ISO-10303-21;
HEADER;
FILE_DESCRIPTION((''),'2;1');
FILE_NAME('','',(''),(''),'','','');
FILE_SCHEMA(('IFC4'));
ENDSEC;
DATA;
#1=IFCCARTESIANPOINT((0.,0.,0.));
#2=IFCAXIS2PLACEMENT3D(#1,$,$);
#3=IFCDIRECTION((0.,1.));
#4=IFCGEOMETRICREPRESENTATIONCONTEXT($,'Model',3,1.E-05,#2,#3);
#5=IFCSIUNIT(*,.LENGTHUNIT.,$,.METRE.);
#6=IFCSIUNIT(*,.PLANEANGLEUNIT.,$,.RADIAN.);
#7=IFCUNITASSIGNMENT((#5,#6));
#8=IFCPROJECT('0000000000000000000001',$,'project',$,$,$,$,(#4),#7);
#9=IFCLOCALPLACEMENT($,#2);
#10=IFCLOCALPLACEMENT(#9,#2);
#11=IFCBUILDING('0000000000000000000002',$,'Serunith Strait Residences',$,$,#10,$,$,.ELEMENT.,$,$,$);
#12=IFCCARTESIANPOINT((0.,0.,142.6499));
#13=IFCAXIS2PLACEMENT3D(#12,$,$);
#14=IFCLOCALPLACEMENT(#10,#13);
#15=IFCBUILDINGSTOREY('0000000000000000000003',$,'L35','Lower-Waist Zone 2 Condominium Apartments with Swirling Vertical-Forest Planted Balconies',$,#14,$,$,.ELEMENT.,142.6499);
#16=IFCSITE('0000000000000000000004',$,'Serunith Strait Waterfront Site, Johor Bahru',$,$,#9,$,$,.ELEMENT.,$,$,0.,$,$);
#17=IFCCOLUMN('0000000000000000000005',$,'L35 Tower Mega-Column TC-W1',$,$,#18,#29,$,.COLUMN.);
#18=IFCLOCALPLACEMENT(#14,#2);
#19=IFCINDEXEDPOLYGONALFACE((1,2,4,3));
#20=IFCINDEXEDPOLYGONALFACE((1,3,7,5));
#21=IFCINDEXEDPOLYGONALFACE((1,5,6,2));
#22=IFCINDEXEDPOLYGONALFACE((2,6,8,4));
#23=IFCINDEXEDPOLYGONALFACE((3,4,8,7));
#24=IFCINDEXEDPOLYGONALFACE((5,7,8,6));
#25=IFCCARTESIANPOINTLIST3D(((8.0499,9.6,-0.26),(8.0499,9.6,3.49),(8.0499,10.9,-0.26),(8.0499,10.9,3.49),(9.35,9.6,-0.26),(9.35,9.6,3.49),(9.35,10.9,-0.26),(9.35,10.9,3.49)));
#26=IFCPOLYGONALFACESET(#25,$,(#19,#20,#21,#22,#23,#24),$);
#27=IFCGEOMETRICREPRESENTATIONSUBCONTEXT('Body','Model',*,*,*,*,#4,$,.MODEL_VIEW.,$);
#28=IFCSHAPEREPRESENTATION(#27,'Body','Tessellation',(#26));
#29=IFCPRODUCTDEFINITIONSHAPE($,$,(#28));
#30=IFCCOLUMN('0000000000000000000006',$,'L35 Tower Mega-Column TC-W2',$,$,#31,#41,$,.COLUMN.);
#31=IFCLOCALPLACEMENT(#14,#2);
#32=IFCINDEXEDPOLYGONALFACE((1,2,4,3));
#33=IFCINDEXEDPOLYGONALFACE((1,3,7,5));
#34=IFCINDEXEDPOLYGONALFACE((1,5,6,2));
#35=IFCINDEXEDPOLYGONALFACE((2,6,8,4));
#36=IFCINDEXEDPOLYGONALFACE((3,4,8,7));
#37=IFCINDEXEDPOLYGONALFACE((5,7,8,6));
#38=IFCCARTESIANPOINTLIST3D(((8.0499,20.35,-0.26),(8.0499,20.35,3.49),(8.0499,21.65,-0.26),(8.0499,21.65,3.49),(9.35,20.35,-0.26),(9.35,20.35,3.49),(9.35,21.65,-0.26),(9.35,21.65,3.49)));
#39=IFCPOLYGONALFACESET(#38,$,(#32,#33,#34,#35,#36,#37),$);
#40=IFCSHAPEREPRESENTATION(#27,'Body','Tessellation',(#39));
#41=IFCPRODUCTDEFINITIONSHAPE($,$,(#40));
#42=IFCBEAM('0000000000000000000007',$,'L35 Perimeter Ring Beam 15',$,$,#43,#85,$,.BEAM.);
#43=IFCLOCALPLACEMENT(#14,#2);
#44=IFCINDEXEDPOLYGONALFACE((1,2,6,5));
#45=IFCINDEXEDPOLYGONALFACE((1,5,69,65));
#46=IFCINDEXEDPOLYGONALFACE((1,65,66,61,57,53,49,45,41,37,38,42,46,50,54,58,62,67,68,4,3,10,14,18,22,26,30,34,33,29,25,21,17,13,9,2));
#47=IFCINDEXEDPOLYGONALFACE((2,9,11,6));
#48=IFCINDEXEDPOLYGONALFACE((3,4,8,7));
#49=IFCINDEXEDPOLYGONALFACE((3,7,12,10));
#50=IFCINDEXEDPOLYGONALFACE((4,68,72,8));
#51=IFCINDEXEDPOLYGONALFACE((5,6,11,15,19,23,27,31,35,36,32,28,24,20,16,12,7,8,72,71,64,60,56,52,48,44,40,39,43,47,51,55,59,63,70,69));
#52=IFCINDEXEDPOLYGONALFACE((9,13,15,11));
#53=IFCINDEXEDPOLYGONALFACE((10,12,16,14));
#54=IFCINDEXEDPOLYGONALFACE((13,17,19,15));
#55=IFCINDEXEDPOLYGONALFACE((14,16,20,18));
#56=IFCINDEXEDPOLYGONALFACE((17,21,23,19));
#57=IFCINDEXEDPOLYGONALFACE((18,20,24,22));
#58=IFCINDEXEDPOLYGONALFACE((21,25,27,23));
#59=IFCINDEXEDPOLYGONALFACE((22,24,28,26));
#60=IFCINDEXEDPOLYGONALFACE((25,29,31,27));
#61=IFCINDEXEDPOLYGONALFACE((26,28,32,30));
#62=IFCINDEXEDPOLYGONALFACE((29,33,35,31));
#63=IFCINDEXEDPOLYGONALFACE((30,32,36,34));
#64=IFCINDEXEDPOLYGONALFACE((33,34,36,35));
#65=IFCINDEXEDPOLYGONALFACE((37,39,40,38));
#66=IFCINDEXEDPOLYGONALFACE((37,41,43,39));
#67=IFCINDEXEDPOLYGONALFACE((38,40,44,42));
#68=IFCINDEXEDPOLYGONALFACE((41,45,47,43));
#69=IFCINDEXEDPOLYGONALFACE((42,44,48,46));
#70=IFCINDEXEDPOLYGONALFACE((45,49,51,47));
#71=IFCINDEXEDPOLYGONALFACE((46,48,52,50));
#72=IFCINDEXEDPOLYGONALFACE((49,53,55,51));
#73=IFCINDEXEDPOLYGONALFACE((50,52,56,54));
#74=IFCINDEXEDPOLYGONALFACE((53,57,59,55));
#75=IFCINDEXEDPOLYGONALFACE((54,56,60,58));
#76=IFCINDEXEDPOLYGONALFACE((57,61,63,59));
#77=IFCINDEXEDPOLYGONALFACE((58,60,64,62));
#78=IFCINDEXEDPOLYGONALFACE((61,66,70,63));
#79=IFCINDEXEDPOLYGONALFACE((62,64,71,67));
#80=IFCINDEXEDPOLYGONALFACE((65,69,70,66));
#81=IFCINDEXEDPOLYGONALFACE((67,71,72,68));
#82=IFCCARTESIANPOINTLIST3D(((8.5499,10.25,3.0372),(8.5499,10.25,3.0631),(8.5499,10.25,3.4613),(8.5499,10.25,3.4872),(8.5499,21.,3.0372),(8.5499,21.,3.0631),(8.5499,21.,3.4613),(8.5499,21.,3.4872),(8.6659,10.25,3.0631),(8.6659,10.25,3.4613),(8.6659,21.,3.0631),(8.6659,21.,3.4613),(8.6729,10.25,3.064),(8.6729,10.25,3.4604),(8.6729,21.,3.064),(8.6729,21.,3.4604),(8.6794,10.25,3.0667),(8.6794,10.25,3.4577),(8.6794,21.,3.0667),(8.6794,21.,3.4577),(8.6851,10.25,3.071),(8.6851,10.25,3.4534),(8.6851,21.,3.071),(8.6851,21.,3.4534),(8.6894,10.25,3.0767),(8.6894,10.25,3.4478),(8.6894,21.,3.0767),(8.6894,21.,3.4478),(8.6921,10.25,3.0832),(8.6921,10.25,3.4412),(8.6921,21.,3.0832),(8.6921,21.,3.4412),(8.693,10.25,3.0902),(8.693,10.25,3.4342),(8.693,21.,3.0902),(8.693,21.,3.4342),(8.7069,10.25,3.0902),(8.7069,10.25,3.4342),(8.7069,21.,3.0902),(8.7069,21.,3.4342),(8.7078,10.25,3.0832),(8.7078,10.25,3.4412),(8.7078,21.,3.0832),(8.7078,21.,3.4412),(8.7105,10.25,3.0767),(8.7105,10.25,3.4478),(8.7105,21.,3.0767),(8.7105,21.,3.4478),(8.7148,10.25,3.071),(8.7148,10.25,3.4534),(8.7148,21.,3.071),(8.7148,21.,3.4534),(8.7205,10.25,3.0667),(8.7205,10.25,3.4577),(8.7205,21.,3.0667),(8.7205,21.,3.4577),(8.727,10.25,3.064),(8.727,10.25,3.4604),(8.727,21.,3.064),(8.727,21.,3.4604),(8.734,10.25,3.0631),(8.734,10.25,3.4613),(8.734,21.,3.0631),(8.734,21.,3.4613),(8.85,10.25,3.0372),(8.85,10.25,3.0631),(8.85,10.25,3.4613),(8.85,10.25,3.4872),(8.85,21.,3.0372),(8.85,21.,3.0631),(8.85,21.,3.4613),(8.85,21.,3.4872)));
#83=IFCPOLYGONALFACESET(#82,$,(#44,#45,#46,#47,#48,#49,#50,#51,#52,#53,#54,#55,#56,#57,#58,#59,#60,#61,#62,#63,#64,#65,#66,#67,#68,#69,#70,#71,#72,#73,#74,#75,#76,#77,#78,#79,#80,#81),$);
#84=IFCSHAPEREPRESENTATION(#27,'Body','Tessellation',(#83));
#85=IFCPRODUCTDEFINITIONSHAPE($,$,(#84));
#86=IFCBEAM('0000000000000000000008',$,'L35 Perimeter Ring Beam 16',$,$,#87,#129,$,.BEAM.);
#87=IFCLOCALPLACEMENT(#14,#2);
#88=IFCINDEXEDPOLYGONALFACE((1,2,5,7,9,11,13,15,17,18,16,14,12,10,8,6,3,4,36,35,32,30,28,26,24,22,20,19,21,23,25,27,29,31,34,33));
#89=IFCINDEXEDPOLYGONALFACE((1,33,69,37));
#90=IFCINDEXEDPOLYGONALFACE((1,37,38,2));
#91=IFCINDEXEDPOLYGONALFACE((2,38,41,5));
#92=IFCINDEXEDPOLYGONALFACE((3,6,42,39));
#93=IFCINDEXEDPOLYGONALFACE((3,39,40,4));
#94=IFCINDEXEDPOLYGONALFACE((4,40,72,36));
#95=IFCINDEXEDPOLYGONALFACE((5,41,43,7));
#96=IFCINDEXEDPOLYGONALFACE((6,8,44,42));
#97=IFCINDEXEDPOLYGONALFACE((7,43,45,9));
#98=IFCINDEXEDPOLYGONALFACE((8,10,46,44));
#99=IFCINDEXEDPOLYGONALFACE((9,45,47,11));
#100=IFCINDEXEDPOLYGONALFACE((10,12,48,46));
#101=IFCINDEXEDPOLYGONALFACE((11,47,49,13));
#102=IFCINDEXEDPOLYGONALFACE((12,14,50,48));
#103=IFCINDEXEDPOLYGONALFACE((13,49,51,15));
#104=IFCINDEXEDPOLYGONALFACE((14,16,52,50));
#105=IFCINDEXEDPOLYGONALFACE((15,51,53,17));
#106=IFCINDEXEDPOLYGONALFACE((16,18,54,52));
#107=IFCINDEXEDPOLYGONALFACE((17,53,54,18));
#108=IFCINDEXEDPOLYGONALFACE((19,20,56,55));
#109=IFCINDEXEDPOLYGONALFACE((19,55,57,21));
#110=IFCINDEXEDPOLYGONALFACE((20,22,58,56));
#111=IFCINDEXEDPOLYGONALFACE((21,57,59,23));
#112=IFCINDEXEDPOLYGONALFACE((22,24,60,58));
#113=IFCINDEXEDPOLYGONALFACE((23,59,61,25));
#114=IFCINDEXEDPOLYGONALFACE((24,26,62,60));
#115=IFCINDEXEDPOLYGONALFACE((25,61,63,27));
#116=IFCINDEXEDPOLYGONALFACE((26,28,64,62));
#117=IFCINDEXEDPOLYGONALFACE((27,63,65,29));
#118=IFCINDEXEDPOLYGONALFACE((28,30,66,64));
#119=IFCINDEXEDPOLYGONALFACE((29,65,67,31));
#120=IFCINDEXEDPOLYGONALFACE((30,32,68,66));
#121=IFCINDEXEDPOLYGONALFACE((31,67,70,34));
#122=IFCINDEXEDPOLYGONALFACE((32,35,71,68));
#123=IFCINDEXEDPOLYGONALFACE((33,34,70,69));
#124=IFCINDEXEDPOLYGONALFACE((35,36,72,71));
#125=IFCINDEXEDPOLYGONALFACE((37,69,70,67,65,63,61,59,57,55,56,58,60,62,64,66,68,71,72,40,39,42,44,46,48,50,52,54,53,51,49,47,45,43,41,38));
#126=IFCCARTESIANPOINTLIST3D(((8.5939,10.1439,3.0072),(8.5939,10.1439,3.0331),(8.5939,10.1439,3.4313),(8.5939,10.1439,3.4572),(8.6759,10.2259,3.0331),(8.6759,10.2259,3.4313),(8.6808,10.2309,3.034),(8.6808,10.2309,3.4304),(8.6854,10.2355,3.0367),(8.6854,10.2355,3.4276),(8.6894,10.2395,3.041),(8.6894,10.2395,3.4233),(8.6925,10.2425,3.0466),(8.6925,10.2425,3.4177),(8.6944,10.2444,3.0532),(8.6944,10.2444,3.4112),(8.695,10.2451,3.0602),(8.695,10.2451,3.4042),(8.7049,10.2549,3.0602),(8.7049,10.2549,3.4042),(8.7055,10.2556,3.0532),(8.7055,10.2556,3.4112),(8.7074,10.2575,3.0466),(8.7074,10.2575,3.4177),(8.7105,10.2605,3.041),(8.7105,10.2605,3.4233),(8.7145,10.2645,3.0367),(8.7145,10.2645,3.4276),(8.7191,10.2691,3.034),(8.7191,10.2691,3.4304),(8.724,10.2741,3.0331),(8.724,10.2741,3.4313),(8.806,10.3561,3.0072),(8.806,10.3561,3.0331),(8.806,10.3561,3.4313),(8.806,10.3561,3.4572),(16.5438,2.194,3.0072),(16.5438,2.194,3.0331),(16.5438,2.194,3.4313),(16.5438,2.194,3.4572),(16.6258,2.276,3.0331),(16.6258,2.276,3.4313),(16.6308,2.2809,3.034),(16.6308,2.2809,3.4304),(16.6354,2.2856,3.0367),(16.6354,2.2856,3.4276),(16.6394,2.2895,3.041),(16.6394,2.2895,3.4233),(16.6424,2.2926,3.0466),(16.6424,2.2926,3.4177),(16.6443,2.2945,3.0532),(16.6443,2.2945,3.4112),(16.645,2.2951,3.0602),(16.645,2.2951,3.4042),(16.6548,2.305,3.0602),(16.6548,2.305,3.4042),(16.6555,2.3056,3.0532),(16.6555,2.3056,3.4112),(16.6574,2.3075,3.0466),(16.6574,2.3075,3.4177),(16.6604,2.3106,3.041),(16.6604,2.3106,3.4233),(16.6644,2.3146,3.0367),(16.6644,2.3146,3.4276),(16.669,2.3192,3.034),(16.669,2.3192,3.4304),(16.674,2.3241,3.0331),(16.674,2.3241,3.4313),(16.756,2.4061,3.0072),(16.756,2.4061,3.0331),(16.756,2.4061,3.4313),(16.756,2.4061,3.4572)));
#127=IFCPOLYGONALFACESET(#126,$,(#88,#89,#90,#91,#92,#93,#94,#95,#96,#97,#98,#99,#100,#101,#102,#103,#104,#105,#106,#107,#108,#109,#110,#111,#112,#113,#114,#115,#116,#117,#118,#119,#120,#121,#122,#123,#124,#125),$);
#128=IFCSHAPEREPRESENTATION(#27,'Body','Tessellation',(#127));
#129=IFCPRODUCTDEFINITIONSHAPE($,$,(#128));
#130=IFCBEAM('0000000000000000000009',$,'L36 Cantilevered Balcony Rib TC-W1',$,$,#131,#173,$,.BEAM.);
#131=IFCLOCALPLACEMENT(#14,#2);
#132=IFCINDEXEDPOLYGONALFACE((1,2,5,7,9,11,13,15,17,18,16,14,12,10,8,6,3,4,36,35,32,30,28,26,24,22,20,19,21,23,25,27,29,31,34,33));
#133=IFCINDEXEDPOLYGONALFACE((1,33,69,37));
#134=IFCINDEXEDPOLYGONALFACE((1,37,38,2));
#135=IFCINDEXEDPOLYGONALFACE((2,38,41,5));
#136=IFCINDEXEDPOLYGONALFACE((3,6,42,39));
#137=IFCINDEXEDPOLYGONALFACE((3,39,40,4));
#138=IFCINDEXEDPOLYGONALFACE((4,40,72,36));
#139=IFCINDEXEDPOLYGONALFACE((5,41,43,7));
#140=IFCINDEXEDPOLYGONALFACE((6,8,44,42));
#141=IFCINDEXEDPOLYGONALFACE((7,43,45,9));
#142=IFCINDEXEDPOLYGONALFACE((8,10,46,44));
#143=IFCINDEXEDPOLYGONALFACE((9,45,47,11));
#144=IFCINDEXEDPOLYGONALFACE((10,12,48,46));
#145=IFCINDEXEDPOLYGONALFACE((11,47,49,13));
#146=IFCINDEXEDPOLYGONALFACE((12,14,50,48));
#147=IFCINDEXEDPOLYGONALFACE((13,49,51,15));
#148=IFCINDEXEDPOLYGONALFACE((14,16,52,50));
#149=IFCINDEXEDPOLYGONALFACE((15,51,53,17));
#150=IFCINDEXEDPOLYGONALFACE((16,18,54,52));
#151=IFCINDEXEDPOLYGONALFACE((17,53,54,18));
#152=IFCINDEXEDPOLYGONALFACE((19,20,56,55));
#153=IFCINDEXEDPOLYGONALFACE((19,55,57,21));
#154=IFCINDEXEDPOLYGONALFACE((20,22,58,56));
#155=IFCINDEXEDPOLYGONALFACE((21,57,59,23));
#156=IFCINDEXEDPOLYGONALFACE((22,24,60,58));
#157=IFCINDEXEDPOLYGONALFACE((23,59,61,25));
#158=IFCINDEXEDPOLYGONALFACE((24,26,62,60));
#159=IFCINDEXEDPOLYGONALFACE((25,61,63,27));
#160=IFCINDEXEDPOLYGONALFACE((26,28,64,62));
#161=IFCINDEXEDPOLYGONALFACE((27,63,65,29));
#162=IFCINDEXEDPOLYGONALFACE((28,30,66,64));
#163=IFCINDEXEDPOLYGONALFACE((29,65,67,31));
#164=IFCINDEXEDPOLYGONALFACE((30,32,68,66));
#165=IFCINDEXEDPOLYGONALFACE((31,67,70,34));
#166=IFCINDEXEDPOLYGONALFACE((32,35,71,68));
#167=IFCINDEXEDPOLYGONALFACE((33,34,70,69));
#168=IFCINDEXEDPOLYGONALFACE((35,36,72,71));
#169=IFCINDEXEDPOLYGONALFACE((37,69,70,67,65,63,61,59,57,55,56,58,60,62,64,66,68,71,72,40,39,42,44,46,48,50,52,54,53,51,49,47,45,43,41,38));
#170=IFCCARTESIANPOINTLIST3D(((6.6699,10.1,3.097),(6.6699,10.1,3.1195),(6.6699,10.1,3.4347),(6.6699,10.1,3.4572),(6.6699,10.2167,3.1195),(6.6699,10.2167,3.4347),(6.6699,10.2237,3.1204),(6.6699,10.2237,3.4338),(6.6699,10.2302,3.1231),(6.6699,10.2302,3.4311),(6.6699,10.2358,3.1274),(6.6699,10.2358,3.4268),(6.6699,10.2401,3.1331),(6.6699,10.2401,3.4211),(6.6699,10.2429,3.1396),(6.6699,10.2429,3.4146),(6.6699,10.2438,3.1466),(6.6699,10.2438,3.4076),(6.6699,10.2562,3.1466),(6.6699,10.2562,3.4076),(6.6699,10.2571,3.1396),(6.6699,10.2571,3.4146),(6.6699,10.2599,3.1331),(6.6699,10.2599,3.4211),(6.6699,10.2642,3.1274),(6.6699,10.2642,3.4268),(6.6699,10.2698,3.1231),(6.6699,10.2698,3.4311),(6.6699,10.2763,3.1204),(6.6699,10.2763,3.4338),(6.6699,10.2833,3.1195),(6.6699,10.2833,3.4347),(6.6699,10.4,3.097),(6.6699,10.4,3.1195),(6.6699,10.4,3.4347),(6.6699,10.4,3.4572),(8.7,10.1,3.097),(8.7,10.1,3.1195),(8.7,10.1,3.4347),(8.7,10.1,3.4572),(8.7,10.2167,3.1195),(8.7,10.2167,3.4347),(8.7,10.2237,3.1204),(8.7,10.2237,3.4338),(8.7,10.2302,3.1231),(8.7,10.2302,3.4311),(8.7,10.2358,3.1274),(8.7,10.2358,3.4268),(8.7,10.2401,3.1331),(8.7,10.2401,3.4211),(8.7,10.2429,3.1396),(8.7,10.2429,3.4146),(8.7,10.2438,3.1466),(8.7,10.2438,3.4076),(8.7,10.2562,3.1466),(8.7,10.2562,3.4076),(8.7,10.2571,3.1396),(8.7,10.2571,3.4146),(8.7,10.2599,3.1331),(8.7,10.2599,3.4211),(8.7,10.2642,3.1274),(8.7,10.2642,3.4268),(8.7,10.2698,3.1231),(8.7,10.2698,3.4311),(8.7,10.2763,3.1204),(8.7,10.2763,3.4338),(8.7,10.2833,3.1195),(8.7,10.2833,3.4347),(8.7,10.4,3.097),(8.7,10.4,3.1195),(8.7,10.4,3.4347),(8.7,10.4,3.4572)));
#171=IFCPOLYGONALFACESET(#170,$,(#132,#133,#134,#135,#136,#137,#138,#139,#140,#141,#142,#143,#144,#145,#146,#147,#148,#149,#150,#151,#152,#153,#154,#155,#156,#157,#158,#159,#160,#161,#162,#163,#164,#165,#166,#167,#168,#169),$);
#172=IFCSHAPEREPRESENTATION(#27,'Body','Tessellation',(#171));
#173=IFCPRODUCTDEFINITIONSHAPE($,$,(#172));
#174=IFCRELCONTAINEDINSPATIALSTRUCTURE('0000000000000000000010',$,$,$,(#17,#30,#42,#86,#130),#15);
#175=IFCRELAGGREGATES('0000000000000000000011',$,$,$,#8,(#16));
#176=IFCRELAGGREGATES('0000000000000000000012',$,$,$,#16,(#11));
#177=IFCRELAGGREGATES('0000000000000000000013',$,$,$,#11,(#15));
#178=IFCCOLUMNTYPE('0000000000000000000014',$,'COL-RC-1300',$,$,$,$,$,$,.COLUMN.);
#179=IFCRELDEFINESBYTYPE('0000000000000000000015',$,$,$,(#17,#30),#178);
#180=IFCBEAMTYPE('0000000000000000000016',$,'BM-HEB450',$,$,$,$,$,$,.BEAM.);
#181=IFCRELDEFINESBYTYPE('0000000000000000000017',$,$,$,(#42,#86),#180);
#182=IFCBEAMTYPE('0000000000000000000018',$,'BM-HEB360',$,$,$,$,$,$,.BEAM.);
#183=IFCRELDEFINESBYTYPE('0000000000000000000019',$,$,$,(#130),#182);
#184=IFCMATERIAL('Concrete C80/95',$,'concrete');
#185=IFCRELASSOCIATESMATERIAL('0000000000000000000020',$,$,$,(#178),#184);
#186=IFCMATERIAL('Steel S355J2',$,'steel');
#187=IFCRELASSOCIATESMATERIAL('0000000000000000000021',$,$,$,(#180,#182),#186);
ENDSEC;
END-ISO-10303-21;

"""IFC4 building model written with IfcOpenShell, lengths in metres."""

from ifc_helpers import new_model, si_unit, direction, frame, origin, origin_2d, place, context, subcontext, project, spatial, rectangle, i_section, extrude, source, transform, mapped, material, material_profile, profile_set, type_object, element, save


model = new_model("IFC4")

# Units and contexts
model_context = context("Model", 3, precision=1e-05, world=origin(), true_north=direction((0.0, 1.0)))
body_context = subcontext(model_context, "Body", "Model", "MODEL_VIEW")
ifc_project = project(units=[si_unit("LENGTHUNIT", "METRE"), si_unit("PLANEANGLEUNIT", "RADIAN")], contexts=[model_context])

# Site, building, storey
site_placement = place(None, origin())
site = spatial("IfcSite", under=ifc_project, at=site_placement, Name="Serunith Strait Waterfront Site, Johor Bahru", CompositionType="ELEMENT", RefElevation=0.0)
building_placement = place(site_placement, origin())
building = spatial("IfcBuilding", under=site, at=building_placement, Name="Serunith Strait Residences", CompositionType="ELEMENT")
storey_placement = place(building_placement, frame((0.0, 0.0, 142.6499)))
storey = spatial("IfcBuildingStorey", under=building, at=storey_placement, Name="L35", Description="Lower-Waist Zone 2 Condominium Apartments with Swirling Vertical-Forest Planted Balconies", CompositionType="ELEMENT", Elevation=142.6499)

# Columns
ifc_material_1 = material(Name="Concrete C80/95", Category="concrete")
ifc_material_profile_1 = material_profile(ifc_material_1, rectangle(XDim=1.3, YDim=1.3, at=origin_2d()), Name="RC 1300x1300")
ifc_profile_set_1 = profile_set([ifc_material_profile_1], Name="Concrete C80/95")
column_type = type_object("IfcColumnType", Name="COL-RC-1300", PredefinedType="COLUMN", material=ifc_profile_set_1)
shared_shape_1 = source(origin(), body_context, "Body", "SweptSolid", [
    extrude(rectangle(XDim=1.3, YDim=1.3, at=origin_2d()), origin(), (0.0, 0.0, 1.0), 3.75),
])
for number, where, z_axis, x_axis, name in (
    (1, (8.7, 10.25, -0.26), (0.0, 0.0, 1.0), (1.0, 0.0, 0.0), "L35 Tower Mega-Column TC-W1"),
    (2, (8.7, 21.0, -0.26), (0.0, 0.0, 1.0), (1.0, 0.0, 0.0), "L35 Tower Mega-Column TC-W2"),
):
    element("IfcColumn", number, at=place(storey_placement, frame(where, z_axis=z_axis, x_axis=x_axis)), inside=storey, type_object=column_type, Name=name, PredefinedType="COLUMN", context=body_context, shape_type="MappedRepresentation", body=[
        mapped(shared_shape_1, transform((0.0, 0.0, 0.0), scale=1.0)),
    ])

# Beams
ifc_material_2 = material(Name="Steel S355J2", Category="steel")
ifc_material_profile_2 = material_profile(ifc_material_2, i_section(OverallWidth=0.3, OverallDepth=0.45, WebThickness=0.0139, FlangeThickness=0.0259, FilletRadius=0.0271, at=origin_2d()), Name="HEB 450")
ifc_profile_set_2 = profile_set([ifc_material_profile_2], Name="Steel S355J2")
beam_type_1 = type_object("IfcBeamType", Name="BM-HEB450", PredefinedType="BEAM", material=ifc_profile_set_2)
shared_shape_2 = source(origin(), body_context, "Body", "SweptSolid", [
    extrude(i_section(OverallWidth=0.3, OverallDepth=0.45, WebThickness=0.0139, FlangeThickness=0.0259, FilletRadius=0.0271, at=origin_2d()), origin(), (0.0, 0.0, 1.0), 10.75),
])
beam_1_placement = place(storey_placement, frame((8.7, 21.0, 3.2622), z_axis=(0.0, -1.0, 0.0), x_axis=(1.0, 0.0, 0.0)))
element("IfcBeam", 3, at=beam_1_placement, inside=storey, type_object=beam_type_1, Name="L35 Perimeter Ring Beam 15", PredefinedType="BEAM", context=body_context, shape_type="MappedRepresentation", body=[
    mapped(shared_shape_2, transform((0.0, 0.0, 0.0), scale=1.0)),
])
shared_shape_3 = source(origin(), body_context, "Body", "SweptSolid", [
    extrude(i_section(OverallWidth=0.3, OverallDepth=0.45, WebThickness=0.0139, FlangeThickness=0.0259, FilletRadius=0.0271, at=origin_2d()), origin(), (0.0, 0.0, 1.0), 11.2429),
])
beam_2_placement = place(storey_placement, frame((8.7, 10.25, 3.2322), z_axis=(0.707107, -0.707107, 0.0), x_axis=(0.707107, 0.707107, 0.0)))
element("IfcBeam", 4, at=beam_2_placement, inside=storey, type_object=beam_type_1, Name="L35 Perimeter Ring Beam 16", PredefinedType="BEAM", context=body_context, shape_type="MappedRepresentation", body=[
    mapped(shared_shape_3, transform((0.0, 0.0, 0.0), scale=1.0)),
])
ifc_material_profile_3 = material_profile(ifc_material_2, i_section(OverallWidth=0.3, OverallDepth=0.3601, WebThickness=0.0125, FlangeThickness=0.0225, FilletRadius=0.0271, at=origin_2d()), Name="HEB 360")
ifc_profile_set_3 = profile_set([ifc_material_profile_3], Name="Steel S355J2")
beam_type_2 = type_object("IfcBeamType", Name="BM-HEB360", PredefinedType="BEAM", material=ifc_profile_set_3)
shared_shape_4 = source(origin(), body_context, "Body", "SweptSolid", [
    extrude(i_section(OverallWidth=0.3, OverallDepth=0.3601, WebThickness=0.0125, FlangeThickness=0.0225, FilletRadius=0.0271, at=origin_2d()), origin(), (0.0, 0.0, 1.0), 2.03),
])
for number, where, z_axis, x_axis, name in (
    (5, (8.7, 10.25, 3.2771), (-1.0, 0.0, 0.0), (0.0, -1.0, 0.0), "L36 Cantilevered Balcony Rib TC-W1"),
):
    element("IfcBeam", number, at=place(storey_placement, frame(where, z_axis=z_axis, x_axis=x_axis)), inside=storey, type_object=beam_type_2, Name=name, PredefinedType="BEAM", context=body_context, shape_type="MappedRepresentation", body=[
        mapped(shared_shape_4, transform((0.0, 0.0, 0.0), scale=1.0)),
    ])

save(model, "model.ifc")
